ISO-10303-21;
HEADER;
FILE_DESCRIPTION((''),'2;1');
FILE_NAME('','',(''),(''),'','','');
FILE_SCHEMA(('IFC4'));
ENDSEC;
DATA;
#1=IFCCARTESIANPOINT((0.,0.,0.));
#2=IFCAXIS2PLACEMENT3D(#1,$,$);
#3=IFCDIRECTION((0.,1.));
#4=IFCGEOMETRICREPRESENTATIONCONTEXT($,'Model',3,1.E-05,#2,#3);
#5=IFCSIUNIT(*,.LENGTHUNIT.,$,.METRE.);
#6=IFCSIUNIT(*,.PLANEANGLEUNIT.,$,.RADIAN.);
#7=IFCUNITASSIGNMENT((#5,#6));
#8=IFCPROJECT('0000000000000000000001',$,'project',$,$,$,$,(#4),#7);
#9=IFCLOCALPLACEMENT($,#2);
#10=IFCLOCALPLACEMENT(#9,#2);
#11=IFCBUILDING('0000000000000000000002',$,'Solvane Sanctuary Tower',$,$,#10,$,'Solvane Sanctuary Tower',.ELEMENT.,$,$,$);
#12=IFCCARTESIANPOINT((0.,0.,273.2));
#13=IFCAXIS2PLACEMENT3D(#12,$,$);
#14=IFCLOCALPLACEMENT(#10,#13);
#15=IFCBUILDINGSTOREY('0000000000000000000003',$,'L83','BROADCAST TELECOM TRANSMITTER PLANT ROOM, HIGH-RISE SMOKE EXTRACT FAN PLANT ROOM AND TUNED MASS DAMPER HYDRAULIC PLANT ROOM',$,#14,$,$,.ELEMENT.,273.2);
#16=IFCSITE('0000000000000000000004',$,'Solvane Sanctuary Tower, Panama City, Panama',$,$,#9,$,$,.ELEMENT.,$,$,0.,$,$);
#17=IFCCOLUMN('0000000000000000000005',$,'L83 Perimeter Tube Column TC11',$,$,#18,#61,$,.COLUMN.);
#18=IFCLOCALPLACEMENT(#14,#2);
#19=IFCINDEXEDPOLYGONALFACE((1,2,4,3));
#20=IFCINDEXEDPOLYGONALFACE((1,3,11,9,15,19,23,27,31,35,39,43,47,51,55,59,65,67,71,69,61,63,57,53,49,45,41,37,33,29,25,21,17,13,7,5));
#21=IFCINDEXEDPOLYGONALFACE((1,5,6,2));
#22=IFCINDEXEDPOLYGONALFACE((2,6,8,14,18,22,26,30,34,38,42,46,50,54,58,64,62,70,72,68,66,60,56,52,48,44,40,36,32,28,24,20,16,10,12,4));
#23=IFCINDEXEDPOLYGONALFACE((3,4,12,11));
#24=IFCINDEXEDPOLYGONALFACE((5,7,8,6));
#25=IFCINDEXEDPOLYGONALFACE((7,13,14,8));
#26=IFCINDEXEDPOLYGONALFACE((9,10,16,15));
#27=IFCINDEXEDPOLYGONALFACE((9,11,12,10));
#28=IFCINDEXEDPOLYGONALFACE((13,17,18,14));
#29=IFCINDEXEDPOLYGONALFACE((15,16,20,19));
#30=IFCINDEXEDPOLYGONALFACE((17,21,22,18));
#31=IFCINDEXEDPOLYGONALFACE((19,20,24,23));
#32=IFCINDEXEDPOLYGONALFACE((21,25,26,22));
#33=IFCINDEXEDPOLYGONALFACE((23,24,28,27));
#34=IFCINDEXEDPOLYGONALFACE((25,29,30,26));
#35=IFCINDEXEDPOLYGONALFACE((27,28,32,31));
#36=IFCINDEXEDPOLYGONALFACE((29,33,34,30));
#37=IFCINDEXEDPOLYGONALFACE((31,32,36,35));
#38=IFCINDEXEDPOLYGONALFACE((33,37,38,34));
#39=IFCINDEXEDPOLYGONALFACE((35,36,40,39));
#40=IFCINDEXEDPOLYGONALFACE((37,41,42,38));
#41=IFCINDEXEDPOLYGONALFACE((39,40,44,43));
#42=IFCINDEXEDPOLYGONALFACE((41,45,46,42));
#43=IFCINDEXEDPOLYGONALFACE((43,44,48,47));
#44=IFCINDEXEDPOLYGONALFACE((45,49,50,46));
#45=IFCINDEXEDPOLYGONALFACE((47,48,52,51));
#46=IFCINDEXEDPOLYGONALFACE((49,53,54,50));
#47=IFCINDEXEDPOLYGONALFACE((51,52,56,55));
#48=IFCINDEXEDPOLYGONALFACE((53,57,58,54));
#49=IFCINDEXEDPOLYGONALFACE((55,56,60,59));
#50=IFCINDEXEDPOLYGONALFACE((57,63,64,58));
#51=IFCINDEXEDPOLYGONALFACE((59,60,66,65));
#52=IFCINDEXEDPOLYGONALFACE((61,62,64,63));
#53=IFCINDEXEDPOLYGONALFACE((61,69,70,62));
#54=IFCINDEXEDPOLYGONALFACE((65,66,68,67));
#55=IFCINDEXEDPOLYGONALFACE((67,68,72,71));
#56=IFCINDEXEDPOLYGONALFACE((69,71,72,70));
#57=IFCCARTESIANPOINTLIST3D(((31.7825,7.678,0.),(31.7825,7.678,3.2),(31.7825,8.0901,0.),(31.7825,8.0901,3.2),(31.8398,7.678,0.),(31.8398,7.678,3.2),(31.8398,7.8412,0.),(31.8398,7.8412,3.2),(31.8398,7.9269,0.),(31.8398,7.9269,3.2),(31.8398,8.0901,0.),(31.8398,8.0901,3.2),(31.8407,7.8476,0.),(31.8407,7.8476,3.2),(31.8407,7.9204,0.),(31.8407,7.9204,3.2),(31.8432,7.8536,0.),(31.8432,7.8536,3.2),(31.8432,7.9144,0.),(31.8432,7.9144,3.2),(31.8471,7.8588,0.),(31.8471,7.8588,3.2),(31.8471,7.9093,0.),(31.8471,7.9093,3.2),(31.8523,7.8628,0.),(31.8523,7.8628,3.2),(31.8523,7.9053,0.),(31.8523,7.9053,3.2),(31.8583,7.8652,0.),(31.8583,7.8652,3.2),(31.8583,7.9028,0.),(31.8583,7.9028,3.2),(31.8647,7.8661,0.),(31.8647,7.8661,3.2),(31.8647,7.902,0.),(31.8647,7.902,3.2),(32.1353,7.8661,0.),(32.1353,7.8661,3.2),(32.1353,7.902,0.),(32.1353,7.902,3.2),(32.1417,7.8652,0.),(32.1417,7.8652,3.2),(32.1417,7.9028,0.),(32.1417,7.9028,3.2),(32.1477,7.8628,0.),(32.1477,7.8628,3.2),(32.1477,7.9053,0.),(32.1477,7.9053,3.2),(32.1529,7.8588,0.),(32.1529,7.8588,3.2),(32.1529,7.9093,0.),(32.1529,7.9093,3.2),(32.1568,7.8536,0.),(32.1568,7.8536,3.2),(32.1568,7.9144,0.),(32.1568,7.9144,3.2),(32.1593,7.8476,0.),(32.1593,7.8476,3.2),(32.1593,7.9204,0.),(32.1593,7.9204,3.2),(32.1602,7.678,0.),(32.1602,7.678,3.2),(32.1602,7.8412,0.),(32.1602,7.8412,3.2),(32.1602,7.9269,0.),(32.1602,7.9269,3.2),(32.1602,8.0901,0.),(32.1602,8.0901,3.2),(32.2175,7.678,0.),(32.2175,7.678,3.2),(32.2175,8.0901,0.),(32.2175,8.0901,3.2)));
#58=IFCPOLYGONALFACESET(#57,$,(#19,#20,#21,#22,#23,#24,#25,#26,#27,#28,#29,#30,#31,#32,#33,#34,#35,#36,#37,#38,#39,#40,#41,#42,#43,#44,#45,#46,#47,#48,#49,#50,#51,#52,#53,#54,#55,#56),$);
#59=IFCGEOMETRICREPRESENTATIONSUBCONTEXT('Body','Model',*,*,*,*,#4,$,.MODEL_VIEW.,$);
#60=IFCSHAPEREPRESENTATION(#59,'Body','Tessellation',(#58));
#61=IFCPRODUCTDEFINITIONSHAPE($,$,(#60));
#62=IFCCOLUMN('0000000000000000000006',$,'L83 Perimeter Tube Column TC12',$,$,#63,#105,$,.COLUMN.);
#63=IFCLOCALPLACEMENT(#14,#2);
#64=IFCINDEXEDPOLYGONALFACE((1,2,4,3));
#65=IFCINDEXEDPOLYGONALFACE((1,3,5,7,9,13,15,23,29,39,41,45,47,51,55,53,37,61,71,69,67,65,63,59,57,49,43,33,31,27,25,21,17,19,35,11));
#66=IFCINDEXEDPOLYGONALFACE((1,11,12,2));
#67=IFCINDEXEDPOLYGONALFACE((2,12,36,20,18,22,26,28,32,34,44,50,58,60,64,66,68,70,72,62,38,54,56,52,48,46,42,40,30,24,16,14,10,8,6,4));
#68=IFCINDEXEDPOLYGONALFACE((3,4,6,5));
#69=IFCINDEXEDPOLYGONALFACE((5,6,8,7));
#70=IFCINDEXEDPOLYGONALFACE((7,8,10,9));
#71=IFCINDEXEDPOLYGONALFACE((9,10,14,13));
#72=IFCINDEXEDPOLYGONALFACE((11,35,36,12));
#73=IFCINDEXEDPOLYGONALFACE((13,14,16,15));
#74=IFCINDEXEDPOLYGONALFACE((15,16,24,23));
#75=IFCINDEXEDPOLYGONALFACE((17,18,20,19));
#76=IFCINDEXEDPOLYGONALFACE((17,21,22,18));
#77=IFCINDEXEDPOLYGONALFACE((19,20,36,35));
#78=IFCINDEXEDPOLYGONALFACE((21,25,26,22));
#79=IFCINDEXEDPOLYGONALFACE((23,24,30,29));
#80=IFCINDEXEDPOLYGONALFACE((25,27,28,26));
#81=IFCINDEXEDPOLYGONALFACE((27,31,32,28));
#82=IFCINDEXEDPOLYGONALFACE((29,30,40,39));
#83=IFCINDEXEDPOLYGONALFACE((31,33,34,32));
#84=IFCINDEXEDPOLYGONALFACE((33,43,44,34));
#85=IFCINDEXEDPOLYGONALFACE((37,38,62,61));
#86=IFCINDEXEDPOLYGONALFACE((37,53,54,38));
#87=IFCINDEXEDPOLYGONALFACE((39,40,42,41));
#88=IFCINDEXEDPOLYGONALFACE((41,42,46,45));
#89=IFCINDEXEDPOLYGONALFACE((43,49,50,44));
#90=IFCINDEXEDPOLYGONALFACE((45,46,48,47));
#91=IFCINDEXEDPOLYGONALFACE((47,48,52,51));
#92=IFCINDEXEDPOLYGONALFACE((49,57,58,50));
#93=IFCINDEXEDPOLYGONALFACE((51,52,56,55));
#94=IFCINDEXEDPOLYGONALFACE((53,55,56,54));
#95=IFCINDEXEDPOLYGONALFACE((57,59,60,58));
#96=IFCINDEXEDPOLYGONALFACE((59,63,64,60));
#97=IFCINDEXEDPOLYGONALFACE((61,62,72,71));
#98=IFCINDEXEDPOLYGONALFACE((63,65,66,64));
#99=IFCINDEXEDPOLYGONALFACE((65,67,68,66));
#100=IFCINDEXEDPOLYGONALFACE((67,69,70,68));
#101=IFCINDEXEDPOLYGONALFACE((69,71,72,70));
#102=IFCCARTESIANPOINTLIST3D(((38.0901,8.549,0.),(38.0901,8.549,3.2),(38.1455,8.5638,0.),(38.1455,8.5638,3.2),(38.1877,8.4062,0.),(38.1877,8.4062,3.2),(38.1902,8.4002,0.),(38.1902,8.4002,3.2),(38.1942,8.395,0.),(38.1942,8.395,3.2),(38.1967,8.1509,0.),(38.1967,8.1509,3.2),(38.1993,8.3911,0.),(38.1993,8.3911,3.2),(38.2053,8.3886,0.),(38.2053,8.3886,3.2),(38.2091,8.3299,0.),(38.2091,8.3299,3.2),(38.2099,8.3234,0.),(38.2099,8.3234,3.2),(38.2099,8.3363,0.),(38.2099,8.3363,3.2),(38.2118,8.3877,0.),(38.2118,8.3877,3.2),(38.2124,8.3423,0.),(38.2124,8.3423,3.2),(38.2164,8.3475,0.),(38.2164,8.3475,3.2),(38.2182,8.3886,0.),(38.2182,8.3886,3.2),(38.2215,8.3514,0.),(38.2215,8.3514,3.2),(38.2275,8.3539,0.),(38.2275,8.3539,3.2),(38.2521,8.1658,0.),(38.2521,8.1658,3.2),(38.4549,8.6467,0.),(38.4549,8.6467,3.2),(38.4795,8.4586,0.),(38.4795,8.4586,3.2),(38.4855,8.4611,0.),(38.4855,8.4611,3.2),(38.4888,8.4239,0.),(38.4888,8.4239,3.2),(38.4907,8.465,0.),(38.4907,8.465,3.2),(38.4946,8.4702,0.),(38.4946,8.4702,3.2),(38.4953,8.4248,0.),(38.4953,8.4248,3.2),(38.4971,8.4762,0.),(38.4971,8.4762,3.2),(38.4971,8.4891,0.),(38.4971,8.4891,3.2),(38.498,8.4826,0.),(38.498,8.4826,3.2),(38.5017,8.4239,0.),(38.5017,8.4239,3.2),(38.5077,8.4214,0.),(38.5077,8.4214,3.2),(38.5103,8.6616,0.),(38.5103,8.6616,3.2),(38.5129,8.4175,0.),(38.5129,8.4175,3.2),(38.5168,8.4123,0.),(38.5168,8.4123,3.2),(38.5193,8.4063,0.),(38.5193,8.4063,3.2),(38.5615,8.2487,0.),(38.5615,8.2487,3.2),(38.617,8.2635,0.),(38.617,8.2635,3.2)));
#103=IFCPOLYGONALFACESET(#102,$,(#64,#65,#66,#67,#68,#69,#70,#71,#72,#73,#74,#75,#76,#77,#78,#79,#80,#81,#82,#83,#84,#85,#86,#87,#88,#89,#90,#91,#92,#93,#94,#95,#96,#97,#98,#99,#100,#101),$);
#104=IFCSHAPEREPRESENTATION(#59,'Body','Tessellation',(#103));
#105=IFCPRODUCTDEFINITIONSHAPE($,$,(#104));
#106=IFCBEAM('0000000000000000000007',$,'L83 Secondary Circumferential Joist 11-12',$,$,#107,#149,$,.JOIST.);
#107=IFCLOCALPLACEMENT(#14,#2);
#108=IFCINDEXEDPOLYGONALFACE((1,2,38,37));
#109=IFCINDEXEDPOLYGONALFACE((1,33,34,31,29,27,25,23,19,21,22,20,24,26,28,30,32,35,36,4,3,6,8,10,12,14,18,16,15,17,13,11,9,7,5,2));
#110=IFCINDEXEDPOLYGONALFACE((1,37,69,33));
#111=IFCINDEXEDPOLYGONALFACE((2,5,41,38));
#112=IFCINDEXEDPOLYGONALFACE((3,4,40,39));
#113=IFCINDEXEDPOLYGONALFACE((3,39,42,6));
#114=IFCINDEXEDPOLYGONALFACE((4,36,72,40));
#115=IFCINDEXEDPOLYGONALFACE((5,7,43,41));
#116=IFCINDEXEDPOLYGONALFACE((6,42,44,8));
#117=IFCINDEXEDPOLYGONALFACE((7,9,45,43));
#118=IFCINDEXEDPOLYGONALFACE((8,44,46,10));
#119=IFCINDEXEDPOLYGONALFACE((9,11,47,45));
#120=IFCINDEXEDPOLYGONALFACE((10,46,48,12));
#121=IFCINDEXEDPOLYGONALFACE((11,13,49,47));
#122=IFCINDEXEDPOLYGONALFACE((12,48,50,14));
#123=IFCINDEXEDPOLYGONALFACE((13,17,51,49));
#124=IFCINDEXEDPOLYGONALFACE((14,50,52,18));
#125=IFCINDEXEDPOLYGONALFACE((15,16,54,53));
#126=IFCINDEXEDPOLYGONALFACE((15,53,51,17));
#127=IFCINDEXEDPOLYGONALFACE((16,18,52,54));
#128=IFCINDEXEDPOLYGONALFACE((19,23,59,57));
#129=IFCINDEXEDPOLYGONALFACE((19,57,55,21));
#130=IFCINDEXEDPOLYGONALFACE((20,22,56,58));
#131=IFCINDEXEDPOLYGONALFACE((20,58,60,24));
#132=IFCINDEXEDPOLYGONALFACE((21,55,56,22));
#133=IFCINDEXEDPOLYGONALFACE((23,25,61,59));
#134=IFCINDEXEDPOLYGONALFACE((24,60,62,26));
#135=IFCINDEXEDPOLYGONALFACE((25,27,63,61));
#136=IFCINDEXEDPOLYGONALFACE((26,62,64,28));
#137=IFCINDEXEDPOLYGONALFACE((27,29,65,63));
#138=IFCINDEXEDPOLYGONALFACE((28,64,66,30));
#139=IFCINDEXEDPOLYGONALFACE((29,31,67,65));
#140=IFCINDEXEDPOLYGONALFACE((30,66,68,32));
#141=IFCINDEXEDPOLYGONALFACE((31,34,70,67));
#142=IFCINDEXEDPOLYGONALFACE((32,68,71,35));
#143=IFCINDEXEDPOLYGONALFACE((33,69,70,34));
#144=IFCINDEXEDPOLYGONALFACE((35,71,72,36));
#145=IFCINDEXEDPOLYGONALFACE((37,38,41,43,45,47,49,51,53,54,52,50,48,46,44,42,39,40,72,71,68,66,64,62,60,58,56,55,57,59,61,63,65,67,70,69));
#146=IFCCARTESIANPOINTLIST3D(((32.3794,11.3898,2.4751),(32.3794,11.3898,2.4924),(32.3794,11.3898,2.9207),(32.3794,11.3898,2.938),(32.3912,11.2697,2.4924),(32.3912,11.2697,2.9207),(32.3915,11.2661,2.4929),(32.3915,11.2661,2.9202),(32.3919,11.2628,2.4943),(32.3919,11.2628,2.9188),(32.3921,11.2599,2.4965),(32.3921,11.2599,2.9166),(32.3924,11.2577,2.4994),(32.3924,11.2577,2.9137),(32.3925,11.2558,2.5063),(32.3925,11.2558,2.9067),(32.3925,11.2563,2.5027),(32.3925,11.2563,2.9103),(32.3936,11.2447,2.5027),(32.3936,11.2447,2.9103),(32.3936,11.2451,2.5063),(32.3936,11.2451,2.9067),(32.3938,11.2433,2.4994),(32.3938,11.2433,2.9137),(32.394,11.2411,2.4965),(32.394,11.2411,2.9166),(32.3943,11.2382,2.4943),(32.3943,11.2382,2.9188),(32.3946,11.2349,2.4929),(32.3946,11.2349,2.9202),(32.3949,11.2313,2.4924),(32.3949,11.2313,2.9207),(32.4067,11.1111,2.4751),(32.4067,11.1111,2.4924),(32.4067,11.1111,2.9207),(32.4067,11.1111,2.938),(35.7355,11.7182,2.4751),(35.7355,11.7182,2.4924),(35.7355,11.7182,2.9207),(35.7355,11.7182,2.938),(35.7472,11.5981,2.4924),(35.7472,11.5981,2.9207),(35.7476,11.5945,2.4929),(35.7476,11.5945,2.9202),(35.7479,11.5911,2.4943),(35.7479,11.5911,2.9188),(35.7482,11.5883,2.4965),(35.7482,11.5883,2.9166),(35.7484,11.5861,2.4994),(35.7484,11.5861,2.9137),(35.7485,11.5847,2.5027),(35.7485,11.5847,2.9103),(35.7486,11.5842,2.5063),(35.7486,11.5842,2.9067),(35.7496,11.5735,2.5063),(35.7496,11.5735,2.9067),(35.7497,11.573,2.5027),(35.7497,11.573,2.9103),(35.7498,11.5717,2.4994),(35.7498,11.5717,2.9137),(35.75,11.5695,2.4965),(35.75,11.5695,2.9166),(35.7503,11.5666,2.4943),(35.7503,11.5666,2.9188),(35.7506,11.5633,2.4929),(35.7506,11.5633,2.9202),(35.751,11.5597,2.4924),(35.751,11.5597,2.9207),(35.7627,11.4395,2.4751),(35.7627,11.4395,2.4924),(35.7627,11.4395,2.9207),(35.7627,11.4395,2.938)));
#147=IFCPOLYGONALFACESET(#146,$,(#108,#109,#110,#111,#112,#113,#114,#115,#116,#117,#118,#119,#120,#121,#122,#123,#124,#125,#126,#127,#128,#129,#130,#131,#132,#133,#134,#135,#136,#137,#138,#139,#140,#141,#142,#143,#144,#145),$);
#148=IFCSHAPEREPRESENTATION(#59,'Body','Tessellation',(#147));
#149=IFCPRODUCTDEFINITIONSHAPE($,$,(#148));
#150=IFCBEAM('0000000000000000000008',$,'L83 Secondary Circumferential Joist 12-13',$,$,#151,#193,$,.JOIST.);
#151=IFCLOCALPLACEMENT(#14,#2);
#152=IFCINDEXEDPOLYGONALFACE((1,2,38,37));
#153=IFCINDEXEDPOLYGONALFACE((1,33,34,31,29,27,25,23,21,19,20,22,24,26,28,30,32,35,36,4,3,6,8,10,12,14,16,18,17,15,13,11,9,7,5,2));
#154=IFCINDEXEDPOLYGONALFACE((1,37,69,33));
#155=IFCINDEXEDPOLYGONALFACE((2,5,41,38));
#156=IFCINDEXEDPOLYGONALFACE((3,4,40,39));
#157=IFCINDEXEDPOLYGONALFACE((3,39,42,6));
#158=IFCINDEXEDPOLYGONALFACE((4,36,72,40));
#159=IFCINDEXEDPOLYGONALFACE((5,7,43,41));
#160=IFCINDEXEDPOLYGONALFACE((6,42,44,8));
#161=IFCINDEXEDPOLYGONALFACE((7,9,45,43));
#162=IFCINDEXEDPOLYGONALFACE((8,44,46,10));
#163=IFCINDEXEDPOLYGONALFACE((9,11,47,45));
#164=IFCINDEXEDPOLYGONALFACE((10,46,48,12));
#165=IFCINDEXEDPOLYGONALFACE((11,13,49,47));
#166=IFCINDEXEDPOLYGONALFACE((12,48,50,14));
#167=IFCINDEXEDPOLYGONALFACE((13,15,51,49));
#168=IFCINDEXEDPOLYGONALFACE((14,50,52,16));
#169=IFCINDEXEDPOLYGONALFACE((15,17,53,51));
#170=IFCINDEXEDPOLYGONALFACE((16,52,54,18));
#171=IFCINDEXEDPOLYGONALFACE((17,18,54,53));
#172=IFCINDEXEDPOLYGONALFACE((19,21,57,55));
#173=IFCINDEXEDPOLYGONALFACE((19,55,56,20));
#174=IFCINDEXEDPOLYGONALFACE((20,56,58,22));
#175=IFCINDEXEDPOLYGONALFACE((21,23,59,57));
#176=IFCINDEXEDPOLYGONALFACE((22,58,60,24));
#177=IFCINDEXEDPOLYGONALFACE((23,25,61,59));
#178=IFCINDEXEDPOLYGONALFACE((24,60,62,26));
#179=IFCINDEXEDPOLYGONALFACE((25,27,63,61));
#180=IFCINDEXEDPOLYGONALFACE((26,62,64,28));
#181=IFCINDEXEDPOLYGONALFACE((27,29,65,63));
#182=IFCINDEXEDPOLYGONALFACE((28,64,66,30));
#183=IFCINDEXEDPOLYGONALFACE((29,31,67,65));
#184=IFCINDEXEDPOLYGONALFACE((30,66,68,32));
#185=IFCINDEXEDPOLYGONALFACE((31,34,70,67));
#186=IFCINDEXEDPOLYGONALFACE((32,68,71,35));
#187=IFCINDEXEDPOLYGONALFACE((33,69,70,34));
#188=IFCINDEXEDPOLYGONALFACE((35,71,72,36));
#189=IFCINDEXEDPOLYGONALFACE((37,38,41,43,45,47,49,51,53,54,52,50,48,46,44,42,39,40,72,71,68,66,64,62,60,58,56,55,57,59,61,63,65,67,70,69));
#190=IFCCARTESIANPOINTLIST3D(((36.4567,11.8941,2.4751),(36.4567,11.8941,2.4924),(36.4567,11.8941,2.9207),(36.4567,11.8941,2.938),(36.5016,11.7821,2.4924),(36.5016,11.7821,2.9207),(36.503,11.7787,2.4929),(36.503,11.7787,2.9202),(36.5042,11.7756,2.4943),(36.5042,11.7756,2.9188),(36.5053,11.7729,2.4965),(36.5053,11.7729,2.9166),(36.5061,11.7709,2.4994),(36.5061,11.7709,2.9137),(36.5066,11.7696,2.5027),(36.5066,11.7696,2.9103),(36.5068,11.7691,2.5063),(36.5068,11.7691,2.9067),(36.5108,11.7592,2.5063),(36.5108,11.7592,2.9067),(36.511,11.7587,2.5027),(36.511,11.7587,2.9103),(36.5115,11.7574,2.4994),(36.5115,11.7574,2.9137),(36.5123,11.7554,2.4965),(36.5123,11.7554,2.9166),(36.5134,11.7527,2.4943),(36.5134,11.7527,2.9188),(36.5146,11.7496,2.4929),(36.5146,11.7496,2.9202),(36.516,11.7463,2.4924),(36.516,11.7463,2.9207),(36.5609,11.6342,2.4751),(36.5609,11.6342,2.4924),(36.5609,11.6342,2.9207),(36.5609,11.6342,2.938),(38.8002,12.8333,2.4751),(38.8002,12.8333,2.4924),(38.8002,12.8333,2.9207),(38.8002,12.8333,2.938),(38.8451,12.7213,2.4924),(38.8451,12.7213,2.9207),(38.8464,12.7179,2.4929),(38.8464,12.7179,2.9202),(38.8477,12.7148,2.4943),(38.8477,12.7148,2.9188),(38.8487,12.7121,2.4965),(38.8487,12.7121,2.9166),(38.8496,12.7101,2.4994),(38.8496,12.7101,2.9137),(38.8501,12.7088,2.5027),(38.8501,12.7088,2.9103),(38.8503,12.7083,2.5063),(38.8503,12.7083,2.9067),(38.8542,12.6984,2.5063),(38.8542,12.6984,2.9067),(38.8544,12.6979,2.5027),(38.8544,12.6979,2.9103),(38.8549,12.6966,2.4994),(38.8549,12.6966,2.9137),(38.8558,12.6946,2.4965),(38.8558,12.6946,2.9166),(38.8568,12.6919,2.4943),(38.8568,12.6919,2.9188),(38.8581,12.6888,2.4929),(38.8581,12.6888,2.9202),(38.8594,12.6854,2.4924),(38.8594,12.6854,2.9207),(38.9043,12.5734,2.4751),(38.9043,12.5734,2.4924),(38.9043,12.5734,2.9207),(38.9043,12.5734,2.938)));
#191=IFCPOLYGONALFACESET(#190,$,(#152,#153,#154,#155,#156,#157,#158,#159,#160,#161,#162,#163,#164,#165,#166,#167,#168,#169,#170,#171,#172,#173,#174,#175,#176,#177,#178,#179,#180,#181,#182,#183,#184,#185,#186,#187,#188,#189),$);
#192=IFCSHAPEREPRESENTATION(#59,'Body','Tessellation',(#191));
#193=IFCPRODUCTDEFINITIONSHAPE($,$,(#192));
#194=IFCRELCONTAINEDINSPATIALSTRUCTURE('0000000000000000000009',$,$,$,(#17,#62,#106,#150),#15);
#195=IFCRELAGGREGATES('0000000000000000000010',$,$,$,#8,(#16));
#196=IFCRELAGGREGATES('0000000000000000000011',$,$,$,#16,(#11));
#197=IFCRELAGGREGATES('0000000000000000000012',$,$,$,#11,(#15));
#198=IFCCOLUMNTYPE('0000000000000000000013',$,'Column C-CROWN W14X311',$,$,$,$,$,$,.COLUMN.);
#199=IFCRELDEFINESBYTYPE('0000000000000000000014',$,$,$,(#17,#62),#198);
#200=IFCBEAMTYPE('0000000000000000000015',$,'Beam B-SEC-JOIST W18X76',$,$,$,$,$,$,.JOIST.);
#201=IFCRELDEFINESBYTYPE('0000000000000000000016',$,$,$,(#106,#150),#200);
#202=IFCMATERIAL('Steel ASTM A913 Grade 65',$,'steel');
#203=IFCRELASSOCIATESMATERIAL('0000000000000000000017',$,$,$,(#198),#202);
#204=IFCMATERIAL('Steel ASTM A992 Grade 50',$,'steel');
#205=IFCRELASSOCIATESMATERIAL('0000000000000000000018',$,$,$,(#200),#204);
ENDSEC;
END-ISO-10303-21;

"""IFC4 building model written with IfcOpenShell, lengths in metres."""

from ifc_helpers import new_model, si_unit, direction, frame, origin, origin_2d, place, context, subcontext, project, spatial, i_section, extrude, material, material_profile, profile_set, type_object, element, save


model = new_model("IFC4")

# Units and contexts
model_context = context("Model", 3, precision=1e-05, world=origin(), true_north=direction((0.0, 1.0)))
body_context = subcontext(model_context, "Body", "Model", "MODEL_VIEW")
ifc_project = project(units=[si_unit("LENGTHUNIT", "METRE"), si_unit("PLANEANGLEUNIT", "RADIAN")], contexts=[model_context])

# Site, building, storey
site_placement = place(None, origin())
site = spatial("IfcSite", under=ifc_project, at=site_placement, Name="Solvane Sanctuary Tower, Panama City, Panama", CompositionType="ELEMENT", RefElevation=0.0)
building_placement = place(site_placement, origin())
building = spatial("IfcBuilding", under=site, at=building_placement, Name="Solvane Sanctuary Tower", LongName="Solvane Sanctuary Tower", CompositionType="ELEMENT")
storey_placement = place(building_placement, frame((0.0, 0.0, 273.2)))
storey = spatial("IfcBuildingStorey", under=building, at=storey_placement, Name="L83", Description="BROADCAST TELECOM TRANSMITTER PLANT ROOM, HIGH-RISE SMOKE EXTRACT FAN PLANT ROOM AND TUNED MASS DAMPER HYDRAULIC PLANT ROOM", CompositionType="ELEMENT", Elevation=273.2)

# Columns
ifc_material_1 = material(Name="Steel ASTM A913 Grade 65", Category="steel")
ifc_material_profile_1 = material_profile(ifc_material_1, i_section(OverallWidth=0.4121, OverallDepth=0.4351, WebThickness=0.0359, FlangeThickness=0.0574, FilletRadius=0.0249, at=origin_2d()), Name="W14X311")
ifc_profile_set_1 = profile_set([ifc_material_profile_1], Name="Steel ASTM A913 Grade 65")
column_type = type_object("IfcColumnType", Name="Column C-CROWN W14X311", PredefinedType="COLUMN", material=ifc_profile_set_1)
for number, where, z_axis, x_axis, name in (
    (1, (32.0, 7.884, 0.0), (0.0, 0.0, 1.0), (0.0, -1.0, 0.0), "L83 Perimeter Tube Column TC11"),
    (2, (38.3535, 8.4062, 0.0), (0.0, 0.0, 1.0), (0.258819, -0.965926, 0.0), "L83 Perimeter Tube Column TC12"),
):
    element("IfcColumn", number, at=place(storey_placement, frame(where, z_axis=z_axis, x_axis=x_axis)), inside=storey, type_object=column_type, Name=name, PredefinedType="COLUMN", context=body_context, shape_type="SweptSolid", body=[
        extrude(i_section(OverallWidth=0.4121, OverallDepth=0.4351, WebThickness=0.0359, FlangeThickness=0.0574, FilletRadius=0.0249, at=origin_2d()), origin(), (0.0, 0.0, 1.0), 3.2),
    ])

# Beams
ifc_material_2 = material(Name="Steel ASTM A992 Grade 50", Category="steel")
ifc_material_profile_2 = material_profile(ifc_material_2, i_section(OverallWidth=0.28, OverallDepth=0.4629, WebThickness=0.0107, FlangeThickness=0.0173, FilletRadius=0.0139, at=origin_2d()), Name="W18X76")
ifc_profile_set_2 = profile_set([ifc_material_profile_2], Name="Steel ASTM A992 Grade 50")
beam_type_1 = type_object("IfcBeamType", Name="Beam B-SEC-JOIST W18X76", PredefinedType="JOIST", material=ifc_profile_set_2)
beam_1_placement = place(storey_placement, frame((32.3931, 11.2505, 2.7065), z_axis=(0.995247, 0.097382, 0.0), x_axis=(-0.097382, 0.995247, 0.0)))
element("IfcBeam", 3, at=beam_1_placement, inside=storey, type_object=beam_type_1, Name="L83 Secondary Circumferential Joist 11-12", PredefinedType="JOIST", context=body_context, shape_type="SweptSolid", body=[
    extrude(i_section(OverallWidth=0.28, OverallDepth=0.4629, WebThickness=0.0107, FlangeThickness=0.0173, FilletRadius=0.0139, at=origin_2d()), origin(), (0.0, 0.0, 1.0), 3.3721),
])
beam_2_placement = place(storey_placement, frame((36.5088, 11.7642, 2.7065), z_axis=(0.92823, 0.372007, 0.0), x_axis=(-0.372007, 0.92823, 0.0)))
element("IfcBeam", 4, at=beam_2_placement, inside=storey, type_object=beam_type_1, Name="L83 Secondary Circumferential Joist 12-13", PredefinedType="JOIST", context=body_context, shape_type="SweptSolid", body=[
    extrude(i_section(OverallWidth=0.28, OverallDepth=0.4629, WebThickness=0.0107, FlangeThickness=0.0173, FilletRadius=0.0139, at=origin_2d()), origin(), (0.0, 0.0, 1.0), 2.5247),
])

save(model, "model.ifc")
